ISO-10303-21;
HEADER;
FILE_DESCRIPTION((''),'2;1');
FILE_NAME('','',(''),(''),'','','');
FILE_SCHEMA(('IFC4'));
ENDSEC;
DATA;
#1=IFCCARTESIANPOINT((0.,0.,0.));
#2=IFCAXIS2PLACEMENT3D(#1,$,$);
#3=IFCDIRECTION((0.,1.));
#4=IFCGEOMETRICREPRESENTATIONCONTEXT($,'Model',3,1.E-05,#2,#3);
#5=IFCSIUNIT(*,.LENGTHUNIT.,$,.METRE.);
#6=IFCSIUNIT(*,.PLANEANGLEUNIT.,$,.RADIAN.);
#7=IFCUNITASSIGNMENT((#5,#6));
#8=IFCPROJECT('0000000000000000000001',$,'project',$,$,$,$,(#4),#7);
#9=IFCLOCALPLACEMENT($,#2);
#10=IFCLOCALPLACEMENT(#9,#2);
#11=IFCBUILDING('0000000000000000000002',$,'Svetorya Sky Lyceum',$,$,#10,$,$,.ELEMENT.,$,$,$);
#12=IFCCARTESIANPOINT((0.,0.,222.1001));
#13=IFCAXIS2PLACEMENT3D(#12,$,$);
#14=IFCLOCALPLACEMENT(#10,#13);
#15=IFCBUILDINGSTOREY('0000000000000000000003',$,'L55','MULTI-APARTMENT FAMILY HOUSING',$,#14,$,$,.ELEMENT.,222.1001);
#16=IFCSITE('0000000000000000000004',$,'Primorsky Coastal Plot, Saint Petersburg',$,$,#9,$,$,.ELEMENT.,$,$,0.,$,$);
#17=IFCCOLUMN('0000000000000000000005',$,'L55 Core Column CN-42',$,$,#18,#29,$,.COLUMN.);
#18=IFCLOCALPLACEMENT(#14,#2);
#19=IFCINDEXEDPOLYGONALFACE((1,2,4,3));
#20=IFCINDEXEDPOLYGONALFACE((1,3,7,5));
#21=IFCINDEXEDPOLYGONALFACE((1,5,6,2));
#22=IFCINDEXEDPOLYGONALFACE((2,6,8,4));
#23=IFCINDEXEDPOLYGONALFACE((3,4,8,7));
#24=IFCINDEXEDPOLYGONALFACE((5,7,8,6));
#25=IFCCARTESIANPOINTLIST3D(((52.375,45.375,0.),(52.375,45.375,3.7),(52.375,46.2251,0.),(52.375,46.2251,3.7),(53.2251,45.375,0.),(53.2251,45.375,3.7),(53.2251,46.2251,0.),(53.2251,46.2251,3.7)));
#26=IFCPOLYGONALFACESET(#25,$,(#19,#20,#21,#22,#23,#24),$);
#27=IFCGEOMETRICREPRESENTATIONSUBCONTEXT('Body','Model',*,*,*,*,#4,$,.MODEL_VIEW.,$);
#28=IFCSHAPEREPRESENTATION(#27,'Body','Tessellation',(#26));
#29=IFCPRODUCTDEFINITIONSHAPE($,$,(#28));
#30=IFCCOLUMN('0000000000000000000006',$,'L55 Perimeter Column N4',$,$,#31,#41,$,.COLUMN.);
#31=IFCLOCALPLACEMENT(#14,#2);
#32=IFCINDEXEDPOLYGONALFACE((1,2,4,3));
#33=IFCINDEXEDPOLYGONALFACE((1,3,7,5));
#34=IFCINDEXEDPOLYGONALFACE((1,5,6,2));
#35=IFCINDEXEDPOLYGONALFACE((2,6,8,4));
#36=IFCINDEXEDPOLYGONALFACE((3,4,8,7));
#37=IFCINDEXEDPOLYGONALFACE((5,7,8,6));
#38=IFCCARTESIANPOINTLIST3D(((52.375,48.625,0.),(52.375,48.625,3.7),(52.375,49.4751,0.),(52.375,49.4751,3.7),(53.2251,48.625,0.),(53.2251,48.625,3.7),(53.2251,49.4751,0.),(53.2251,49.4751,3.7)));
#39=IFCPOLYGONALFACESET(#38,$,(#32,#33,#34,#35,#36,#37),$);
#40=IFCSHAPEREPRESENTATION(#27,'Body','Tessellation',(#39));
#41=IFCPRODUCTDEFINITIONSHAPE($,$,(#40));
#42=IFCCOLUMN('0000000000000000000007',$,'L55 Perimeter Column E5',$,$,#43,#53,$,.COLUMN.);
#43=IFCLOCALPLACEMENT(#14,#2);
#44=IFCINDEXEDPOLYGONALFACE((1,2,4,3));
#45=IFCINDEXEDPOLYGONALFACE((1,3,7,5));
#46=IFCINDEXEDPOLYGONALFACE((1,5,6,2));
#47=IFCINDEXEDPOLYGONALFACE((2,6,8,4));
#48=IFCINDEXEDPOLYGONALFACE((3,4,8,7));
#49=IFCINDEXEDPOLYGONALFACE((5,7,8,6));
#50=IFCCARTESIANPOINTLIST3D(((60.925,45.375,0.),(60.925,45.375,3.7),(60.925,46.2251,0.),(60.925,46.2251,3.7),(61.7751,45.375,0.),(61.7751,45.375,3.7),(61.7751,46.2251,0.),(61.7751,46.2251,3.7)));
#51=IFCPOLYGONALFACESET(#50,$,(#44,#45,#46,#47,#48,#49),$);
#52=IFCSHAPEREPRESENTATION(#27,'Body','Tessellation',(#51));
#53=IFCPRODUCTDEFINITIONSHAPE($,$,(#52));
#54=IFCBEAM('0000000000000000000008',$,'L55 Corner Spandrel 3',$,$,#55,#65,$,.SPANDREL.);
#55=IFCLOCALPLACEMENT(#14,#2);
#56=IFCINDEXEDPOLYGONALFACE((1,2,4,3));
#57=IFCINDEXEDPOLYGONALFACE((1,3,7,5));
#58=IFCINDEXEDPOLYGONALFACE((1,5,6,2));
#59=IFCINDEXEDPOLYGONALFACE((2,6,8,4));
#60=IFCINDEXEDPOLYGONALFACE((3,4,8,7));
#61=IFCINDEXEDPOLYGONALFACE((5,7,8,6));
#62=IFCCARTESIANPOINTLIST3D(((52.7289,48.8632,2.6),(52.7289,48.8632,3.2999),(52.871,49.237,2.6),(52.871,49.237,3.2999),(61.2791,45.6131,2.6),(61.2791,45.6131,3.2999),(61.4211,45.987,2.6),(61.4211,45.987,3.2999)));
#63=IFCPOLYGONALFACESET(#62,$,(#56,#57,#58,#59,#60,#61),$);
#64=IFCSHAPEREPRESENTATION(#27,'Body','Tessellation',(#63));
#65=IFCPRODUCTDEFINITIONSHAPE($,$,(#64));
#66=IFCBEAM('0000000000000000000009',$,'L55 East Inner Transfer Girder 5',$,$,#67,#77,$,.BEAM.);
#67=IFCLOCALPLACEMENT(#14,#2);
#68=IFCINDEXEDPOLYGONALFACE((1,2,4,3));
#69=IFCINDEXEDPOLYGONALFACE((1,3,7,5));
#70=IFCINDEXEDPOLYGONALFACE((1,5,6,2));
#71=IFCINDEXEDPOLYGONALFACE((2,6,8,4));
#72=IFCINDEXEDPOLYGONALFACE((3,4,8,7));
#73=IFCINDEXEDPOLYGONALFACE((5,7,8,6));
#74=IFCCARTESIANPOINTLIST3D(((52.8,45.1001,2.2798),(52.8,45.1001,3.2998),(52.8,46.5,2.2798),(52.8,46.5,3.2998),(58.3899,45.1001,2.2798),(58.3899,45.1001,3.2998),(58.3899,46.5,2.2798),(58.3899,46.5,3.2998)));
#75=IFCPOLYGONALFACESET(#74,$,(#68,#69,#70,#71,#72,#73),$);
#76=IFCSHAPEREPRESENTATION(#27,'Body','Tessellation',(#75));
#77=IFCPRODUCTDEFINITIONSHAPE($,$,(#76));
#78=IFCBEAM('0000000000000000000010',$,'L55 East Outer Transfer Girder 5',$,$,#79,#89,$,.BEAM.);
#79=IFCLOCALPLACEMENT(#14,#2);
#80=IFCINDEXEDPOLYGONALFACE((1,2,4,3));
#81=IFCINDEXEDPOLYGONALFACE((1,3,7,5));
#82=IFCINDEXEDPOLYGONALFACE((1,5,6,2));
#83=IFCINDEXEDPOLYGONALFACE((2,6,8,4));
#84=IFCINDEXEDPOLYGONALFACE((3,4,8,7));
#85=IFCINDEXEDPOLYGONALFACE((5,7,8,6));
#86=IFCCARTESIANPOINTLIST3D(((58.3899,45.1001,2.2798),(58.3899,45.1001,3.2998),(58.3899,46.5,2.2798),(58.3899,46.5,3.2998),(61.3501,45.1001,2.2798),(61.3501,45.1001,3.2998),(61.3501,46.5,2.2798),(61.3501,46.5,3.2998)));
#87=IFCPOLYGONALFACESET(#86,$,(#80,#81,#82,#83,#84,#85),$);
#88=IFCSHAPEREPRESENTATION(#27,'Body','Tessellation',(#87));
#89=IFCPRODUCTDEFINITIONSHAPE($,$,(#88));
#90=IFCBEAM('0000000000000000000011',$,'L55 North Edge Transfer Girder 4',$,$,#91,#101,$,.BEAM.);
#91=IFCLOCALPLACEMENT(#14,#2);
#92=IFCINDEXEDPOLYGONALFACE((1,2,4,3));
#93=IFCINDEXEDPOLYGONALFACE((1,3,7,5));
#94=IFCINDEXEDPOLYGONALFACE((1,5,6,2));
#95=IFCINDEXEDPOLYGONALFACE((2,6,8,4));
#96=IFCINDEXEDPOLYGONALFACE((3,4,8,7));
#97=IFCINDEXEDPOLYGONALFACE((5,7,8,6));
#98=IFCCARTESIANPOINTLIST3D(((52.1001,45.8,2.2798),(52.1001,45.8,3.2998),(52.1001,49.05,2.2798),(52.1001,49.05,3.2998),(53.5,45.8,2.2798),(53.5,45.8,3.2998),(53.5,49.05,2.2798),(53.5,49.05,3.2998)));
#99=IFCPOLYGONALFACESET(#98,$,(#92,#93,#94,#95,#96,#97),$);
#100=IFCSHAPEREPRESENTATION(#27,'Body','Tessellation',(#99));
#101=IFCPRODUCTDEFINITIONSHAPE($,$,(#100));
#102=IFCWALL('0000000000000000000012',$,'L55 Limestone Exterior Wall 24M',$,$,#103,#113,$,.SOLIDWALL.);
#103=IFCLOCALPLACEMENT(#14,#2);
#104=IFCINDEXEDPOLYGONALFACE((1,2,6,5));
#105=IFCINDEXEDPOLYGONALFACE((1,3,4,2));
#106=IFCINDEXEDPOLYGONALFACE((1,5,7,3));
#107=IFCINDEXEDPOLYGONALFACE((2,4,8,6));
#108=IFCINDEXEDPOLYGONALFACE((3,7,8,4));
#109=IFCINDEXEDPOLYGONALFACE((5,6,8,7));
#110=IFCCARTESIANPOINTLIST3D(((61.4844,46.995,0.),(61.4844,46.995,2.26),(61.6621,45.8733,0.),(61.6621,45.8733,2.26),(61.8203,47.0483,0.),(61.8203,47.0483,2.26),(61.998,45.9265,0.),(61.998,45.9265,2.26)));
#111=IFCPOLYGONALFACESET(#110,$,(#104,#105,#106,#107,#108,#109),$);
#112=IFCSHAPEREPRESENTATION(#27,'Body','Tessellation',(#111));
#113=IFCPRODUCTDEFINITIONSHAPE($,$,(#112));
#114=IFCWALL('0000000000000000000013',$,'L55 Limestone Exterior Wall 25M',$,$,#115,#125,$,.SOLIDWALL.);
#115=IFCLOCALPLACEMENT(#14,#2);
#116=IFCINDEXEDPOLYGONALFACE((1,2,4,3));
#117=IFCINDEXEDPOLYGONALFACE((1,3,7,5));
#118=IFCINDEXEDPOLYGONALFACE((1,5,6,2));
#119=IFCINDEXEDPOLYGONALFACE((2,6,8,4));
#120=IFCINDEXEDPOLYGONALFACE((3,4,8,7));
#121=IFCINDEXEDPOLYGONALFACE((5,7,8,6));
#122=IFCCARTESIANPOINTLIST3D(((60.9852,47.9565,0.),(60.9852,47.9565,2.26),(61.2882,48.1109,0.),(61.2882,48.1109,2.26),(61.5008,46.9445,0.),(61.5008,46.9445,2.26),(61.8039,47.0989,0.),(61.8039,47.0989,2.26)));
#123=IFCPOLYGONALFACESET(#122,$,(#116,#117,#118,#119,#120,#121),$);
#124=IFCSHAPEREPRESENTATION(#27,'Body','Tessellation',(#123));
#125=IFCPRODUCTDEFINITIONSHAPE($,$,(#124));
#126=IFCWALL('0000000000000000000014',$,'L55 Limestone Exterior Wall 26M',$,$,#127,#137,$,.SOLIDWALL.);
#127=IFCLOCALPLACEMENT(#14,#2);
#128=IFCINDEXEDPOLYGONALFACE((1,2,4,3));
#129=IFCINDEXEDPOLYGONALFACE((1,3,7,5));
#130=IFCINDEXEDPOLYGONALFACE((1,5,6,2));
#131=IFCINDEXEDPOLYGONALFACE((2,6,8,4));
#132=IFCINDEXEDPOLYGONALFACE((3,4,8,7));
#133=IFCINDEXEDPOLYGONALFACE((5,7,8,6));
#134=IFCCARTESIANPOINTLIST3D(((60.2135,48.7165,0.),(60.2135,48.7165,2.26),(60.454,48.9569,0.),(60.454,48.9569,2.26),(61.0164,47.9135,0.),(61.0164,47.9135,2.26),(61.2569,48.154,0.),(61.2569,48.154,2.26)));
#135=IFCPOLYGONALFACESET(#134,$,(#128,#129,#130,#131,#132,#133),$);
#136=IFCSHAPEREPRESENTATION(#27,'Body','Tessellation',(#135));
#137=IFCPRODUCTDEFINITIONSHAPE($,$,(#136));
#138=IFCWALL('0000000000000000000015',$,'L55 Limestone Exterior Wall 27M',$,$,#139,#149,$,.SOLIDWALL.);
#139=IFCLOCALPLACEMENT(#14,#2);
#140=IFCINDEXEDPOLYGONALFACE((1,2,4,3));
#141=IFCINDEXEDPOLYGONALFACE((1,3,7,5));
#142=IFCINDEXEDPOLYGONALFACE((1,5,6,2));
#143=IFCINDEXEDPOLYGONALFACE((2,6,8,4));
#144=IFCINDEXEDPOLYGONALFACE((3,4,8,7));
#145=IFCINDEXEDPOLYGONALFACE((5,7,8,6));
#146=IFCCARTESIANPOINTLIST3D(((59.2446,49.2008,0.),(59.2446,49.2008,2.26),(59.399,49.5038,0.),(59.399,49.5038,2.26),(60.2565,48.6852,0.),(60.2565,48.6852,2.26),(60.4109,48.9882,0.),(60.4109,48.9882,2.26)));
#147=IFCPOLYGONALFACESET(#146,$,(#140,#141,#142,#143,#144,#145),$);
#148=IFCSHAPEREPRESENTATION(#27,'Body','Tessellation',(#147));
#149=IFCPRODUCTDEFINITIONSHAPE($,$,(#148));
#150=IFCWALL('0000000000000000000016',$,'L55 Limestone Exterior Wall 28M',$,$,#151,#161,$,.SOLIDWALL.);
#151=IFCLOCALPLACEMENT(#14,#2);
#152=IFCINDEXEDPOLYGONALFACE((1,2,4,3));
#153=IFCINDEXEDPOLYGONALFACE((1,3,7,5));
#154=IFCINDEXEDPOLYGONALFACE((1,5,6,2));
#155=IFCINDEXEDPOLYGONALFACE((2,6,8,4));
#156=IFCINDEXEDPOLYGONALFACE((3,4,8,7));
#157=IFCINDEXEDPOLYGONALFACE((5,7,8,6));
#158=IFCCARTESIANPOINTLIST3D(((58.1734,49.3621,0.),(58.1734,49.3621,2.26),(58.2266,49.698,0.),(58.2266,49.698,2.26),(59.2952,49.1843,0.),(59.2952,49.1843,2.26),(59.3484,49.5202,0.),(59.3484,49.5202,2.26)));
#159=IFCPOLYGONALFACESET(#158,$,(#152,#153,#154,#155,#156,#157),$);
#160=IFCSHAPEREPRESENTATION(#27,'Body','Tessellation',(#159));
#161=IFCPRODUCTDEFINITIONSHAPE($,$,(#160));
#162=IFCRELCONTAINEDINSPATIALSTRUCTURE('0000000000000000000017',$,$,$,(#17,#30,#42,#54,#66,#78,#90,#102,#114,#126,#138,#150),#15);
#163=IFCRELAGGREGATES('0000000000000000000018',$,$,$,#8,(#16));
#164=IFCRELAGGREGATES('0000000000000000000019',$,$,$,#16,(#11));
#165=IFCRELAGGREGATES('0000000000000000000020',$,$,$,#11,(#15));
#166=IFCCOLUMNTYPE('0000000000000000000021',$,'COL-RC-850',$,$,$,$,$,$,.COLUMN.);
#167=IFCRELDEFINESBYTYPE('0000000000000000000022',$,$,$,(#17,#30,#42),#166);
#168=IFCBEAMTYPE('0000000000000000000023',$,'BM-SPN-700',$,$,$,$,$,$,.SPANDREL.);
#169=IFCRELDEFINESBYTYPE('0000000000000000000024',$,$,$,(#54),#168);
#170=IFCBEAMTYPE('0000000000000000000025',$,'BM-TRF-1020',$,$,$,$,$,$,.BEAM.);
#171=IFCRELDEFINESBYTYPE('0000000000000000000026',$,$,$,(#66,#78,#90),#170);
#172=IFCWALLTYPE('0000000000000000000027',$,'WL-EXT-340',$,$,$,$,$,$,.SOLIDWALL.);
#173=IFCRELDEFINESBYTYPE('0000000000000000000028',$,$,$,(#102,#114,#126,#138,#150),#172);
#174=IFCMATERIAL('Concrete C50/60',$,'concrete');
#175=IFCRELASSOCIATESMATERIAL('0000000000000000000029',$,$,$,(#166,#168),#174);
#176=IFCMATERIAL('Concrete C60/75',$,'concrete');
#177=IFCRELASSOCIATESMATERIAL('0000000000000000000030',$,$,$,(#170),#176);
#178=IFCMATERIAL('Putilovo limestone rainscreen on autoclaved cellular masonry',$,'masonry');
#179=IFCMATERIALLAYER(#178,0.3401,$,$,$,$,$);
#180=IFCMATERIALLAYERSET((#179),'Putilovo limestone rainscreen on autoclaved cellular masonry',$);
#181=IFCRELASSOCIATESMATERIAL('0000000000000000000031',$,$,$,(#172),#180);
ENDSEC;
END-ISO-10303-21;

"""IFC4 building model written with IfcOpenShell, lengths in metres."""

from ifc_helpers import new_model, si_unit, direction, frame, frame_2d, origin, origin_2d, place, context, subcontext, project, spatial, rectangle, extrude, material, layer, layer_set, material_profile, profile_set, type_object, element, save


model = new_model("IFC4")

# Units and contexts
model_context = context("Model", 3, precision=1e-05, world=origin(), true_north=direction((0.0, 1.0)))
body_context = subcontext(model_context, "Body", "Model", "MODEL_VIEW")
ifc_project = project(units=[si_unit("LENGTHUNIT", "METRE"), si_unit("PLANEANGLEUNIT", "RADIAN")], contexts=[model_context])

# Site, building, storey
site_placement = place(None, origin())
site = spatial("IfcSite", under=ifc_project, at=site_placement, Name="Primorsky Coastal Plot, Saint Petersburg", CompositionType="ELEMENT", RefElevation=0.0)
building_placement = place(site_placement, origin())
building = spatial("IfcBuilding", under=site, at=building_placement, Name="Svetorya Sky Lyceum", CompositionType="ELEMENT")
storey_placement = place(building_placement, frame((0.0, 0.0, 222.1001)))
storey = spatial("IfcBuildingStorey", under=building, at=storey_placement, Name="L55", Description="MULTI-APARTMENT FAMILY HOUSING", CompositionType="ELEMENT", Elevation=222.1001)

# Columns
ifc_material_1 = material(Name="Concrete C50/60", Category="concrete")
ifc_material_profile_1 = material_profile(ifc_material_1, rectangle(XDim=0.8501, YDim=0.8501, at=origin_2d()), Name="RC COL 850x850")
ifc_profile_set_1 = profile_set([ifc_material_profile_1], Name="Concrete C50/60")
column_type = type_object("IfcColumnType", Name="COL-RC-850", PredefinedType="COLUMN", material=ifc_profile_set_1)
for number, where, z_axis, x_axis, name in (
    (1, (52.8, 45.8, 0.0), (0.0, 0.0, 1.0), (1.0, 0.0, 0.0), "L55 Core Column CN-42"),
    (2, (52.8, 49.05, 0.0), (0.0, 0.0, 1.0), (1.0, 0.0, 0.0), "L55 Perimeter Column N4"),
    (3, (61.3501, 45.8, 0.0), (0.0, 0.0, 1.0), (1.0, 0.0, 0.0), "L55 Perimeter Column E5"),
):
    element("IfcColumn", number, at=place(storey_placement, frame(where, z_axis=z_axis, x_axis=x_axis)), inside=storey, type_object=column_type, Name=name, PredefinedType="COLUMN", context=body_context, shape_type="SweptSolid", body=[
        extrude(rectangle(XDim=0.8501, YDim=0.8501, at=origin_2d()), origin(), (0.0, 0.0, 1.0), 3.7),
    ])

# Beams
ifc_material_profile_2 = material_profile(ifc_material_1, rectangle(XDim=0.3999, YDim=0.7, at=origin_2d()), Name="RC SPANDREL 400x700")
ifc_profile_set_2 = profile_set([ifc_material_profile_2], Name="Concrete C50/60")
beam_type_1 = type_object("IfcBeamType", Name="BM-SPN-700", PredefinedType="SPANDREL", material=ifc_profile_set_2)
beam_1_placement = place(storey_placement, frame((61.3501, 45.8, 2.95), z_axis=(-0.934748, 0.355312, 0.0), x_axis=(-0.355312, -0.934748, 0.0)))
element("IfcBeam", 4, at=beam_1_placement, inside=storey, type_object=beam_type_1, Name="L55 Corner Spandrel 3", PredefinedType="SPANDREL", context=body_context, shape_type="SweptSolid", body=[
    extrude(rectangle(XDim=0.3999, YDim=0.7, at=origin_2d()), origin(), (0.0, 0.0, 1.0), 9.147),
])
ifc_material_2 = material(Name="Concrete C60/75", Category="concrete")
ifc_material_profile_3 = material_profile(ifc_material_2, rectangle(XDim=1.3999, YDim=1.02, at=origin_2d()), Name="RC TRANSFER 1400x1020")
ifc_profile_set_3 = profile_set([ifc_material_profile_3], Name="Concrete C60/75")
beam_type_2 = type_object("IfcBeamType", Name="BM-TRF-1020", PredefinedType="BEAM", material=ifc_profile_set_3)
beam_2_placement = place(storey_placement, frame((52.8, 45.8, 2.7898), z_axis=(1.0, 0.0, 0.0), x_axis=(0.0, 1.0, 0.0)))
element("IfcBeam", 5, at=beam_2_placement, inside=storey, type_object=beam_type_2, Name="L55 East Inner Transfer Girder 5", PredefinedType="BEAM", context=body_context, shape_type="SweptSolid", body=[
    extrude(rectangle(XDim=1.3999, YDim=1.02, at=origin_2d()), origin(), (0.0, 0.0, 1.0), 5.5898),
])
beam_3_placement = place(storey_placement, frame((58.3899, 45.8, 2.7898), z_axis=(1.0, 0.0, 0.0), x_axis=(0.0, 1.0, 0.0)))
element("IfcBeam", 6, at=beam_3_placement, inside=storey, type_object=beam_type_2, Name="L55 East Outer Transfer Girder 5", PredefinedType="BEAM", context=body_context, shape_type="SweptSolid", body=[
    extrude(rectangle(XDim=1.3999, YDim=1.02, at=origin_2d()), origin(), (0.0, 0.0, 1.0), 2.9602),
])
beam_4_placement = place(storey_placement, frame((52.8, 45.8, 2.7898), z_axis=(0.0, 1.0, 0.0), x_axis=(-1.0, 0.0, 0.0)))
element("IfcBeam", 7, at=beam_4_placement, inside=storey, type_object=beam_type_2, Name="L55 North Edge Transfer Girder 4", PredefinedType="BEAM", context=body_context, shape_type="SweptSolid", body=[
    extrude(rectangle(XDim=1.3999, YDim=1.02, at=origin_2d()), origin(), (0.0, 0.0, 1.0), 3.25),
])

# Walls
ifc_material_3 = material(Name="Putilovo limestone rainscreen on autoclaved cellular masonry", Category="masonry")
ifc_layer_1 = layer(ifc_material_3, 0.3401)
ifc_layer_set_1 = layer_set([ifc_layer_1], Name="Putilovo limestone rainscreen on autoclaved cellular masonry")
wall_type_1 = type_object("IfcWallType", Name="WL-EXT-340", PredefinedType="SOLIDWALL", material=ifc_layer_set_1)
for number, where, z_axis, x_axis, name in (
    (8, (61.8301, 45.8999, 0.0), (0.0, 0.0, 1.0), (-0.156481, 0.987681, 0.0), "L55 Limestone Exterior Wall 24M"),
    (9, (61.6523, 47.0217, 0.0), (0.0, 0.0, 1.0), (-0.453993, 0.891005, 0.0), "L55 Limestone Exterior Wall 25M"),
):
    element("IfcWall", number, at=place(storey_placement, frame(where, z_axis=z_axis, x_axis=x_axis)), inside=storey, type_object=wall_type_1, Name=name, PredefinedType="SOLIDWALL", context=body_context, shape_type="SweptSolid", body=[
        extrude(rectangle(XDim=1.1357, YDim=0.3401, at=frame_2d((0.5679, 0.0))), origin(), (0.0, 0.0, 1.0), 2.26),
    ])
wall_1_placement = place(storey_placement, frame((61.1367, 48.0337, 0.0), z_axis=(0.0, 0.0, 1.0), x_axis=(-0.707107, 0.707107, 0.0)))
element("IfcWall", 10, at=wall_1_placement, inside=storey, type_object=wall_type_1, Name="L55 Limestone Exterior Wall 26M", PredefinedType="SOLIDWALL", context=body_context, shape_type="SweptSolid", body=[
    extrude(rectangle(XDim=1.1355, YDim=0.3401, at=frame_2d((0.5679, 0.0))), origin(), (0.0, 0.0, 1.0), 2.26),
])
for number, where, z_axis, x_axis, name in (
    (11, (60.3337, 48.8367, 0.0), (0.0, 0.0, 1.0), (-0.891005, 0.453993, 0.0), "L55 Limestone Exterior Wall 27M"),
    (12, (59.3218, 49.3523, 0.0), (0.0, 0.0, 1.0), (-0.987681, 0.156481, 0.0), "L55 Limestone Exterior Wall 28M"),
):
    element("IfcWall", number, at=place(storey_placement, frame(where, z_axis=z_axis, x_axis=x_axis)), inside=storey, type_object=wall_type_1, Name=name, PredefinedType="SOLIDWALL", context=body_context, shape_type="SweptSolid", body=[
        extrude(rectangle(XDim=1.1357, YDim=0.3401, at=frame_2d((0.5679, 0.0))), origin(), (0.0, 0.0, 1.0), 2.26),
    ])

save(model, "model.ifc")
